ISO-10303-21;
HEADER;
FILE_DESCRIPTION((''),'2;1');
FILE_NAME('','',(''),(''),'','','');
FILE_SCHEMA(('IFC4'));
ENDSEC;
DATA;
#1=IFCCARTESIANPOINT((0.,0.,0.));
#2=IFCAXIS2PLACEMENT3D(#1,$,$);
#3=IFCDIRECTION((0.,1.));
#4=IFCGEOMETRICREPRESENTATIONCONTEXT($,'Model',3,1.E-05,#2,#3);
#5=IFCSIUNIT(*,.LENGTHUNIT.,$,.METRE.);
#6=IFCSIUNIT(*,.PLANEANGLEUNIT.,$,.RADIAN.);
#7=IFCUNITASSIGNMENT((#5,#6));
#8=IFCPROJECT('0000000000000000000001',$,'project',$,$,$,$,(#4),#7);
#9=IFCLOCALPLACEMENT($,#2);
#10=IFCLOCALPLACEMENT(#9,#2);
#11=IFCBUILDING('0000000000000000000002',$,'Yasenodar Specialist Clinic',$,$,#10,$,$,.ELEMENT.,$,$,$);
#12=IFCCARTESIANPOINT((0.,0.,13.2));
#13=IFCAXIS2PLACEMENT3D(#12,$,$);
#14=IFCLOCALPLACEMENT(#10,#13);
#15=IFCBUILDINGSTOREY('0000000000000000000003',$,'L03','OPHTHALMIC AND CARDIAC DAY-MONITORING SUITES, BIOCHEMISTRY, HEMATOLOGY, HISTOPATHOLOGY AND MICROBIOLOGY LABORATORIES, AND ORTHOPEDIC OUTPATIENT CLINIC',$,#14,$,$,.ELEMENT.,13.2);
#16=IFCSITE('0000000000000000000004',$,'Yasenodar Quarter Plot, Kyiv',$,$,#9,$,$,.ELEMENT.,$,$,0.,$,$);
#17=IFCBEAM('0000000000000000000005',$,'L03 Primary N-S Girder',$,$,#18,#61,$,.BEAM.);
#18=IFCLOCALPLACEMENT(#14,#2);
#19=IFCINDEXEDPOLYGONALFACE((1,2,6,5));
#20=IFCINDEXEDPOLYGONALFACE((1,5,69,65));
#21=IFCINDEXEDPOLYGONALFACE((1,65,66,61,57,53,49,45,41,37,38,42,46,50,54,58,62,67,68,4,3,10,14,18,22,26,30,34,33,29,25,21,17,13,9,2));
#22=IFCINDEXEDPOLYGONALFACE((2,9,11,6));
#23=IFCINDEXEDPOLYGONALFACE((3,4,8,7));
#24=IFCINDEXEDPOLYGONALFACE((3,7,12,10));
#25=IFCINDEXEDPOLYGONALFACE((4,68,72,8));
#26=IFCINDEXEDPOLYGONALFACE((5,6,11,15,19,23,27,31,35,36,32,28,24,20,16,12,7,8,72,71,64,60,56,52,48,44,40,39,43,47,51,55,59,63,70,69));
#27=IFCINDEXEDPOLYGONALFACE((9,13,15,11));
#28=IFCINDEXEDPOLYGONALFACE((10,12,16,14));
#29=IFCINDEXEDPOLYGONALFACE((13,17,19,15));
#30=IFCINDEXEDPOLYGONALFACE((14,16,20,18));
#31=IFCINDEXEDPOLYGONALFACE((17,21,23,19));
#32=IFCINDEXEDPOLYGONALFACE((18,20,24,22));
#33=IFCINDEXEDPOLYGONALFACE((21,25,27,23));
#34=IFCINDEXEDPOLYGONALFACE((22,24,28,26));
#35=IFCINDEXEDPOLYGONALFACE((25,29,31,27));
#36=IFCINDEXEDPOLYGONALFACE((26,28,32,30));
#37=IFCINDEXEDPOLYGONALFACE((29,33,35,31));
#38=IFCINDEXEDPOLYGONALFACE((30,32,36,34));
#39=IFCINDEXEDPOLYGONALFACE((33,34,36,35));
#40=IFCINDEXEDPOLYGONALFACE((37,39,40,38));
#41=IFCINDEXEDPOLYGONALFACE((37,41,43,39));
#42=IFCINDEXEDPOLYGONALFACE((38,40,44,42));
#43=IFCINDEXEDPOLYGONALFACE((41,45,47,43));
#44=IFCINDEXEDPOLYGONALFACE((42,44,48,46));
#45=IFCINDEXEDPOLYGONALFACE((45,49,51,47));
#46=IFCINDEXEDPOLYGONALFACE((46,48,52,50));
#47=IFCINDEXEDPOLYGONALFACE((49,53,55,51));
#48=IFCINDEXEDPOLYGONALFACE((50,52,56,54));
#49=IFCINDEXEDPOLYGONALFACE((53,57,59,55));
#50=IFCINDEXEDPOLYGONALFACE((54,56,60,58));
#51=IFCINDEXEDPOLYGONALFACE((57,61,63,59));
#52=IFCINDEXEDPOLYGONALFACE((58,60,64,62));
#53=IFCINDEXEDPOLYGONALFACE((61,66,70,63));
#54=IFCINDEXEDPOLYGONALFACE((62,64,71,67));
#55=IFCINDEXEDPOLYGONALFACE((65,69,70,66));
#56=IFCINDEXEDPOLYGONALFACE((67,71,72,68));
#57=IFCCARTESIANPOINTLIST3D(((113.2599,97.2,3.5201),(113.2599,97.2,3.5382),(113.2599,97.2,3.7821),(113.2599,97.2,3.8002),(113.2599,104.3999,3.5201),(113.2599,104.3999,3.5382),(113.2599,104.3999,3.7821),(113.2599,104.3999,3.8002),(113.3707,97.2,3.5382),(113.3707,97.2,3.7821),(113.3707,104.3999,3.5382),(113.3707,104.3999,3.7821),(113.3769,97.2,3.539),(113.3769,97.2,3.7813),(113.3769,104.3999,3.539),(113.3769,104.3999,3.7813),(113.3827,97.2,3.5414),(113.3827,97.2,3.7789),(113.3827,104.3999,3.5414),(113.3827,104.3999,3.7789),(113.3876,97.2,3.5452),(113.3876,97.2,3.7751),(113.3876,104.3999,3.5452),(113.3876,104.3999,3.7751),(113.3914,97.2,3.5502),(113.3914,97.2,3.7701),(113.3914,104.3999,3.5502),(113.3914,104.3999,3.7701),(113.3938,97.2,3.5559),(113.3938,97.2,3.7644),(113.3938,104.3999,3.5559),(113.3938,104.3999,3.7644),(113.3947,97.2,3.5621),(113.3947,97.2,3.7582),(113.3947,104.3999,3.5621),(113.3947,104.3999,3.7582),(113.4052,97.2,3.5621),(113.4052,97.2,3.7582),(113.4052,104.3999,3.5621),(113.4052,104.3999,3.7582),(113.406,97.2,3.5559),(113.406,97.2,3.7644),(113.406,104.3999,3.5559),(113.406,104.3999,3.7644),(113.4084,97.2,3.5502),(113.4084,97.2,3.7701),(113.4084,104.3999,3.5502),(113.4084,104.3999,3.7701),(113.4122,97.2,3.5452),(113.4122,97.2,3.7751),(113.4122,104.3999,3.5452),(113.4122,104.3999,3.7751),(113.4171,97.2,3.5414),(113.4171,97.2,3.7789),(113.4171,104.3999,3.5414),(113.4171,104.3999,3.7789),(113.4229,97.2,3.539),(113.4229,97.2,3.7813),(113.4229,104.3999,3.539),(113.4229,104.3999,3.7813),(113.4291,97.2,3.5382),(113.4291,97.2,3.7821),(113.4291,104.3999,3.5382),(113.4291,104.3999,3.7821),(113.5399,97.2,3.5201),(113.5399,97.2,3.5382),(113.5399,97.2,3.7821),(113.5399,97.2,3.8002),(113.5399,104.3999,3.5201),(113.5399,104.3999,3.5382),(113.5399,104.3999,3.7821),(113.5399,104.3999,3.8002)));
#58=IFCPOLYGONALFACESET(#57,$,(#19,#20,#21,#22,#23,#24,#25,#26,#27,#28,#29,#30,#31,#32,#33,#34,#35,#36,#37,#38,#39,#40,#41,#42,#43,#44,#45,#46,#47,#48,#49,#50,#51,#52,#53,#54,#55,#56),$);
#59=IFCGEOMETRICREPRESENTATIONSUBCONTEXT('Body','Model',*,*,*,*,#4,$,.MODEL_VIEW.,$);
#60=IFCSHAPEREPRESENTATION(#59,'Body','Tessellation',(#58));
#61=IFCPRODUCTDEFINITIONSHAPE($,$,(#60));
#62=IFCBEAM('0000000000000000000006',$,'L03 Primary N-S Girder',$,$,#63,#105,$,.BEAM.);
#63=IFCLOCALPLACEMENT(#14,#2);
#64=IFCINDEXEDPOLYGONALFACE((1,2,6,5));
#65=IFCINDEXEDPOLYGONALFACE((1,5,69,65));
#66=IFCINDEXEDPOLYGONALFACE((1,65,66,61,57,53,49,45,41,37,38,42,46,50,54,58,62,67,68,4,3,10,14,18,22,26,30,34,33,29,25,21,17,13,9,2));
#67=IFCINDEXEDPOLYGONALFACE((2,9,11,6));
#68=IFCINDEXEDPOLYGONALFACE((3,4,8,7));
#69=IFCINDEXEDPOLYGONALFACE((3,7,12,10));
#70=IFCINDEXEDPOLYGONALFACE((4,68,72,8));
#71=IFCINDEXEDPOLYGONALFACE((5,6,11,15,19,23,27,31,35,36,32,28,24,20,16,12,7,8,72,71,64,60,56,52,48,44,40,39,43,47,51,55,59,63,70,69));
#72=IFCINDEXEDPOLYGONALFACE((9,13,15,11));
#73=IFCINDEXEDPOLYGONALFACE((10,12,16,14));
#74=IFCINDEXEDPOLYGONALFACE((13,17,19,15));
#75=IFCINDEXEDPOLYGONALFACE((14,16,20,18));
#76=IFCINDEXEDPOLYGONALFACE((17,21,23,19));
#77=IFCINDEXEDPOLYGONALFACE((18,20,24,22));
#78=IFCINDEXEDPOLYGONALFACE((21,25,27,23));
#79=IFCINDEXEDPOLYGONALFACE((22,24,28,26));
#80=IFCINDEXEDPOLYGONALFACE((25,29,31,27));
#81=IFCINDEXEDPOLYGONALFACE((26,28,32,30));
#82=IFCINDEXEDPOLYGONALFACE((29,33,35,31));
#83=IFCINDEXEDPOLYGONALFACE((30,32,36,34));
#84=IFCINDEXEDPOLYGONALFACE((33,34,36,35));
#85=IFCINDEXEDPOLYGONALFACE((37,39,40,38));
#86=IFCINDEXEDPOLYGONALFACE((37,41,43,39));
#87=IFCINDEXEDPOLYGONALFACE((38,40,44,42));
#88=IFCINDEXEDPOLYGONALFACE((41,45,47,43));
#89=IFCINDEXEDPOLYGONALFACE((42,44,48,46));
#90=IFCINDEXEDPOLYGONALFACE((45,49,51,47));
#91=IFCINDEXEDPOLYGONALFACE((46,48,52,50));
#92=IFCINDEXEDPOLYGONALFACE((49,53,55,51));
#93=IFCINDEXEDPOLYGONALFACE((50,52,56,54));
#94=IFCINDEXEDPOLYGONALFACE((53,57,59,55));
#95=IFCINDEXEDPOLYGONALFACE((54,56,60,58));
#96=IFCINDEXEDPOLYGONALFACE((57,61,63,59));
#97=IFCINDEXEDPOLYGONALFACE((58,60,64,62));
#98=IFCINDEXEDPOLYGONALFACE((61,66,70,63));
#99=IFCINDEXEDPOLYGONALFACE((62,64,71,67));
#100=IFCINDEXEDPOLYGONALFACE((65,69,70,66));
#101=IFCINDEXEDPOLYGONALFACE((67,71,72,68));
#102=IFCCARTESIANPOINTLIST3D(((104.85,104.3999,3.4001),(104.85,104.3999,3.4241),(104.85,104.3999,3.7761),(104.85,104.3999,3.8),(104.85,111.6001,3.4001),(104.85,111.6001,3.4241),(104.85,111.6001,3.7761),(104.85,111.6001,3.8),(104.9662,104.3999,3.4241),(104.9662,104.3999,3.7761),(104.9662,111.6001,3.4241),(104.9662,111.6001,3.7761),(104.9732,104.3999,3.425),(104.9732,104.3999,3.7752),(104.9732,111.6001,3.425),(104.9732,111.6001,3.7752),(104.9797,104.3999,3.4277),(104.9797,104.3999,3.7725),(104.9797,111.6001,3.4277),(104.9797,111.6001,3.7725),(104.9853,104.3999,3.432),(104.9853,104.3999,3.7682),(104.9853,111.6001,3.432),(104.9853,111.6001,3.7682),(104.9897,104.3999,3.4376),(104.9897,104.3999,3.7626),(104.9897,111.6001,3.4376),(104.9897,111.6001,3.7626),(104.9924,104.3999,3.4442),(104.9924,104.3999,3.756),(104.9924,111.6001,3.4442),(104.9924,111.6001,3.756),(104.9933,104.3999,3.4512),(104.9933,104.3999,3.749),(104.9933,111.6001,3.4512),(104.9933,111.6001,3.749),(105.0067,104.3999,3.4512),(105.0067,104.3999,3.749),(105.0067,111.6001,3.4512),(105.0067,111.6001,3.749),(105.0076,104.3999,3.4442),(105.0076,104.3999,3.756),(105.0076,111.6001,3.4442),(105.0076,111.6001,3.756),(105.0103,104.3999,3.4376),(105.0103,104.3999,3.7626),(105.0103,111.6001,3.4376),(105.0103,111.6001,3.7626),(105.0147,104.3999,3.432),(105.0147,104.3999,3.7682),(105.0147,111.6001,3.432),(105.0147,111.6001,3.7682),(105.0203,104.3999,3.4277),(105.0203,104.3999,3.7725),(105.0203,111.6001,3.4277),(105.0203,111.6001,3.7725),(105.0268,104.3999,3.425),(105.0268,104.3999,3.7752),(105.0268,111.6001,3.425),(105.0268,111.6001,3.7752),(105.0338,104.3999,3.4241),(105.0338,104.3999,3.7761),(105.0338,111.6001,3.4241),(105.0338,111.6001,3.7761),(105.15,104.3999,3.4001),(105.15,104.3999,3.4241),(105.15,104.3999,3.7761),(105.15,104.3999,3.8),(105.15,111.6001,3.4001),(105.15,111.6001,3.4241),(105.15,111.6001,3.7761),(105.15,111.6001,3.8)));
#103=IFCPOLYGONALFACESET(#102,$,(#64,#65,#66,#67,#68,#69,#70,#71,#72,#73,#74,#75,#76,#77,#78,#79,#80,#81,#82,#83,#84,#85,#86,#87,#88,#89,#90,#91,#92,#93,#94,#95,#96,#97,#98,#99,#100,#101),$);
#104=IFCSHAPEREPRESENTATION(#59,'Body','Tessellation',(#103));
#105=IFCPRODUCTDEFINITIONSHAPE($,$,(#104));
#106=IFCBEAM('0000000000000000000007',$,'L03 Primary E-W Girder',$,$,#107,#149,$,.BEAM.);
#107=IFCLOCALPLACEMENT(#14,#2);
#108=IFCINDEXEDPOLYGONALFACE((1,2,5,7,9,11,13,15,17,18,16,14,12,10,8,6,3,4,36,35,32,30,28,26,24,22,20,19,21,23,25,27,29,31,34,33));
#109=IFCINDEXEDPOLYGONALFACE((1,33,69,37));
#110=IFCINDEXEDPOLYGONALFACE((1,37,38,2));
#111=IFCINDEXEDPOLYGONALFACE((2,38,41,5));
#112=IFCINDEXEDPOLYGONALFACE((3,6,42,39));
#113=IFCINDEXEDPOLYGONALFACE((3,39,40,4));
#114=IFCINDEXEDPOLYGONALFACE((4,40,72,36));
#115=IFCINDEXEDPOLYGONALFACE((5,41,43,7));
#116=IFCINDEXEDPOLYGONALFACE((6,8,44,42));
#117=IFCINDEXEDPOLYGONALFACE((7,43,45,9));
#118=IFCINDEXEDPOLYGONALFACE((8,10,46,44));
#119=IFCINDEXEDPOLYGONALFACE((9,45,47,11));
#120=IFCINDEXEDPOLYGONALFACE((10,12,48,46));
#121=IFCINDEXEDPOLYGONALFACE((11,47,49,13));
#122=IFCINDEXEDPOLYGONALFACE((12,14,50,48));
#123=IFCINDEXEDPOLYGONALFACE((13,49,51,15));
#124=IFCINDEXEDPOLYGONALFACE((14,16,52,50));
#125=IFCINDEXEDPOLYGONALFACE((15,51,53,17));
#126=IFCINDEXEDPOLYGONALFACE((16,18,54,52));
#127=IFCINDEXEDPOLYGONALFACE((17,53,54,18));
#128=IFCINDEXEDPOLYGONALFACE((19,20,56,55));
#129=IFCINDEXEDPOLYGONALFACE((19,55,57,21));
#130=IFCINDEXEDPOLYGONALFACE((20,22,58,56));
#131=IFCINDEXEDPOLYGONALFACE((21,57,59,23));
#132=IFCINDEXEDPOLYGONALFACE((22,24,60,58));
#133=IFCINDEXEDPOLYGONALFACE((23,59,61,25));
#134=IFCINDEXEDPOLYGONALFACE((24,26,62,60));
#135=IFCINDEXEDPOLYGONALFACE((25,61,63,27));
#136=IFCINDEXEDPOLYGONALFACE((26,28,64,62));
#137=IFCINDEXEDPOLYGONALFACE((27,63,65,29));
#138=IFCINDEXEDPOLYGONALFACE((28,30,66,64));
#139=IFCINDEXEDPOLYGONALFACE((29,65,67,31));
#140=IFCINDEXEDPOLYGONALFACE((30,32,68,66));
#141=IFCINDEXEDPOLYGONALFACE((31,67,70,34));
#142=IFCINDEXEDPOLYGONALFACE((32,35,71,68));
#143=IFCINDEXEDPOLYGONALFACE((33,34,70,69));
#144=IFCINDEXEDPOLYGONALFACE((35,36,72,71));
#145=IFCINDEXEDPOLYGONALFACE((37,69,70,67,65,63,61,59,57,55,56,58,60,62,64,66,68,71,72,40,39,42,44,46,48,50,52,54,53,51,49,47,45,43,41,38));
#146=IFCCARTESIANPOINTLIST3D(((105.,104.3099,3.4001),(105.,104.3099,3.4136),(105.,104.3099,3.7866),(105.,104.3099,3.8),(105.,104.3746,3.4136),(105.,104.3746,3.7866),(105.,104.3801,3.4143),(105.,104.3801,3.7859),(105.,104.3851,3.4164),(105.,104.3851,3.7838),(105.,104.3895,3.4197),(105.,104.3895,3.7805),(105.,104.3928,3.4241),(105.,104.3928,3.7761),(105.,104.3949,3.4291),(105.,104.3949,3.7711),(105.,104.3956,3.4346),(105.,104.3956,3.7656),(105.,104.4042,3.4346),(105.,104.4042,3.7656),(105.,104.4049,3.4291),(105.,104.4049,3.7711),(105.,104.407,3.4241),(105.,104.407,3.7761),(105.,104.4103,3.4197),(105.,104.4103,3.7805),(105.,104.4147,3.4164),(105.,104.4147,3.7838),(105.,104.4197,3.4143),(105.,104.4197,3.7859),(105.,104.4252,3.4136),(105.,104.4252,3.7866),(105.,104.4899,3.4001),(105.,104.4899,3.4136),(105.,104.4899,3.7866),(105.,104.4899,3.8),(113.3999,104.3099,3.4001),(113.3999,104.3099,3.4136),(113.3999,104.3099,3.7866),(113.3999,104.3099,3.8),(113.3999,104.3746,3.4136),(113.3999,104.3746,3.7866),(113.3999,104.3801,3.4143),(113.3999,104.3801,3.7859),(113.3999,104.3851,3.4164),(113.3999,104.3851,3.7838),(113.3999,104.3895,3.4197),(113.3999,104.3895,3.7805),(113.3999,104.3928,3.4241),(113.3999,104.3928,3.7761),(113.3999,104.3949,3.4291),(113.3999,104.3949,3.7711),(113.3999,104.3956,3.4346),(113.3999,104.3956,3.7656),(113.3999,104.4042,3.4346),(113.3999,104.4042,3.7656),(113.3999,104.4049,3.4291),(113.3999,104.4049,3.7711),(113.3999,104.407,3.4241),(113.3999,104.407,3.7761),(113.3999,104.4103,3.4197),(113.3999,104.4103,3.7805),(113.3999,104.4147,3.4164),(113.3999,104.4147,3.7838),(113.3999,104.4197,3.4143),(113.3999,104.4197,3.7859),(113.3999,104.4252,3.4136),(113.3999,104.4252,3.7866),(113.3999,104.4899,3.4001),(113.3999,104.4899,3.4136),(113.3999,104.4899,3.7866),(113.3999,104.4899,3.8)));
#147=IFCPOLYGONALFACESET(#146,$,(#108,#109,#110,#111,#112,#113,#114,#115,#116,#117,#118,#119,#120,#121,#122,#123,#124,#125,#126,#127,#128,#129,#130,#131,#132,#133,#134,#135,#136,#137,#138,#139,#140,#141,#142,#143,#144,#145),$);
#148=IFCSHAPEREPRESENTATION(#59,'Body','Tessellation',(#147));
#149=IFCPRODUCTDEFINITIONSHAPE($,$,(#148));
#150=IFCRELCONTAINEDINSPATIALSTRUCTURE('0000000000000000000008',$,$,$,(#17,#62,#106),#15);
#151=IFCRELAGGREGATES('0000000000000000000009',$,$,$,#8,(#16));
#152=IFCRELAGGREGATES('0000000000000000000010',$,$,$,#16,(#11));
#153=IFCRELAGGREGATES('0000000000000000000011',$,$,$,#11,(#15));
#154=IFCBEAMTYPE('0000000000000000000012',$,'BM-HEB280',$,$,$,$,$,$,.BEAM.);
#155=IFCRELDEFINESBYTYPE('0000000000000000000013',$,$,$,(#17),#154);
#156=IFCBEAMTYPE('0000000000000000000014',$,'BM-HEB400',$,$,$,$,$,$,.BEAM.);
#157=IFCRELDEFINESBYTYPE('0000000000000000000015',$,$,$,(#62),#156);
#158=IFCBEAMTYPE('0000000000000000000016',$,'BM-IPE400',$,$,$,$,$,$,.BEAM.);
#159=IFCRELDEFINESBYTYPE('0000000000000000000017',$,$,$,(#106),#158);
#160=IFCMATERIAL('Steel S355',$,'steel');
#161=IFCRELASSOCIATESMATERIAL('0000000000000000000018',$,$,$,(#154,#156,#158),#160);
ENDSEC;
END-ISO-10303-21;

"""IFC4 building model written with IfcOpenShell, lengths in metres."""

from ifc_helpers import new_model, si_unit, direction, frame, origin, origin_2d, place, context, subcontext, project, spatial, i_section, extrude, material, material_profile, profile_set, type_object, element, save


model = new_model("IFC4")

# Units and contexts
model_context = context("Model", 3, precision=1e-05, world=origin(), true_north=direction((0.0, 1.0)))
body_context = subcontext(model_context, "Body", "Model", "MODEL_VIEW")
ifc_project = project(units=[si_unit("LENGTHUNIT", "METRE"), si_unit("PLANEANGLEUNIT", "RADIAN")], contexts=[model_context])

# Site, building, storey
site_placement = place(None, origin())
site = spatial("IfcSite", under=ifc_project, at=site_placement, Name="Yasenodar Quarter Plot, Kyiv", CompositionType="ELEMENT", RefElevation=0.0)
building_placement = place(site_placement, origin())
building = spatial("IfcBuilding", under=site, at=building_placement, Name="Yasenodar Specialist Clinic", CompositionType="ELEMENT")
storey_placement = place(building_placement, frame((0.0, 0.0, 13.2)))
storey = spatial("IfcBuildingStorey", under=building, at=storey_placement, Name="L03", Description="OPHTHALMIC AND CARDIAC DAY-MONITORING SUITES, BIOCHEMISTRY, HEMATOLOGY, HISTOPATHOLOGY AND MICROBIOLOGY LABORATORIES, AND ORTHOPEDIC OUTPATIENT CLINIC", CompositionType="ELEMENT", Elevation=13.2)

# Shared definitions
ifc_material_1 = material(Name="Steel S355", Category="steel")

# Beams
ifc_material_profile_1 = material_profile(ifc_material_1, i_section(OverallWidth=0.28, OverallDepth=0.28, WebThickness=0.0105, FlangeThickness=0.0181, FilletRadius=0.0239, at=origin_2d()), Name="HEB 280")
ifc_profile_set_1 = profile_set([ifc_material_profile_1], Name="Steel S355")
beam_type_1 = type_object("IfcBeamType", Name="BM-HEB280", PredefinedType="BEAM", material=ifc_profile_set_1)
beam_1_placement = place(storey_placement, frame((113.3999, 97.2, 3.6602), z_axis=(0.0, 1.0, 0.0), x_axis=(-1.0, 0.0, 0.0)))
element("IfcBeam", 1, at=beam_1_placement, inside=storey, type_object=beam_type_1, Name="L03 Primary N-S Girder", PredefinedType="BEAM", context=body_context, shape_type="SweptSolid", body=[
    extrude(i_section(OverallWidth=0.28, OverallDepth=0.28, WebThickness=0.0105, FlangeThickness=0.0181, FilletRadius=0.0239, at=origin_2d()), origin(), (0.0, 0.0, 1.0), 7.2),
])
ifc_material_profile_2 = material_profile(ifc_material_1, i_section(OverallWidth=0.3, OverallDepth=0.3999, WebThickness=0.0134, FlangeThickness=0.0239, FilletRadius=0.0271, at=origin_2d()), Name="HEB 400")
ifc_profile_set_2 = profile_set([ifc_material_profile_2], Name="Steel S355")
beam_type_2 = type_object("IfcBeamType", Name="BM-HEB400", PredefinedType="BEAM", material=ifc_profile_set_2)
beam_2_placement = place(storey_placement, frame((105.0, 104.3999, 3.6001), z_axis=(0.0, 1.0, 0.0), x_axis=(-1.0, 0.0, 0.0)))
element("IfcBeam", 2, at=beam_2_placement, inside=storey, type_object=beam_type_2, Name="L03 Primary N-S Girder", PredefinedType="BEAM", context=body_context, shape_type="SweptSolid", body=[
    extrude(i_section(OverallWidth=0.3, OverallDepth=0.3999, WebThickness=0.0134, FlangeThickness=0.0239, FilletRadius=0.0271, at=origin_2d()), origin(), (0.0, 0.0, 1.0), 7.2002),
])
ifc_material_profile_3 = material_profile(ifc_material_1, i_section(OverallWidth=0.1799, OverallDepth=0.3999, WebThickness=0.0085, FlangeThickness=0.0134, FilletRadius=0.021, at=origin_2d()), Name="IPE 400")
ifc_profile_set_3 = profile_set([ifc_material_profile_3], Name="Steel S355")
beam_type_3 = type_object("IfcBeamType", Name="BM-IPE400", PredefinedType="BEAM", material=ifc_profile_set_3)
beam_3_placement = place(storey_placement, frame((105.0, 104.3999, 3.6001), z_axis=(1.0, 0.0, 0.0), x_axis=(0.0, 1.0, 0.0)))
element("IfcBeam", 3, at=beam_3_placement, inside=storey, type_object=beam_type_3, Name="L03 Primary E-W Girder", PredefinedType="BEAM", context=body_context, shape_type="SweptSolid", body=[
    extrude(i_section(OverallWidth=0.1799, OverallDepth=0.3999, WebThickness=0.0085, FlangeThickness=0.0134, FilletRadius=0.021, at=origin_2d()), origin(), (0.0, 0.0, 1.0), 8.3999),
])

save(model, "model.ifc")
